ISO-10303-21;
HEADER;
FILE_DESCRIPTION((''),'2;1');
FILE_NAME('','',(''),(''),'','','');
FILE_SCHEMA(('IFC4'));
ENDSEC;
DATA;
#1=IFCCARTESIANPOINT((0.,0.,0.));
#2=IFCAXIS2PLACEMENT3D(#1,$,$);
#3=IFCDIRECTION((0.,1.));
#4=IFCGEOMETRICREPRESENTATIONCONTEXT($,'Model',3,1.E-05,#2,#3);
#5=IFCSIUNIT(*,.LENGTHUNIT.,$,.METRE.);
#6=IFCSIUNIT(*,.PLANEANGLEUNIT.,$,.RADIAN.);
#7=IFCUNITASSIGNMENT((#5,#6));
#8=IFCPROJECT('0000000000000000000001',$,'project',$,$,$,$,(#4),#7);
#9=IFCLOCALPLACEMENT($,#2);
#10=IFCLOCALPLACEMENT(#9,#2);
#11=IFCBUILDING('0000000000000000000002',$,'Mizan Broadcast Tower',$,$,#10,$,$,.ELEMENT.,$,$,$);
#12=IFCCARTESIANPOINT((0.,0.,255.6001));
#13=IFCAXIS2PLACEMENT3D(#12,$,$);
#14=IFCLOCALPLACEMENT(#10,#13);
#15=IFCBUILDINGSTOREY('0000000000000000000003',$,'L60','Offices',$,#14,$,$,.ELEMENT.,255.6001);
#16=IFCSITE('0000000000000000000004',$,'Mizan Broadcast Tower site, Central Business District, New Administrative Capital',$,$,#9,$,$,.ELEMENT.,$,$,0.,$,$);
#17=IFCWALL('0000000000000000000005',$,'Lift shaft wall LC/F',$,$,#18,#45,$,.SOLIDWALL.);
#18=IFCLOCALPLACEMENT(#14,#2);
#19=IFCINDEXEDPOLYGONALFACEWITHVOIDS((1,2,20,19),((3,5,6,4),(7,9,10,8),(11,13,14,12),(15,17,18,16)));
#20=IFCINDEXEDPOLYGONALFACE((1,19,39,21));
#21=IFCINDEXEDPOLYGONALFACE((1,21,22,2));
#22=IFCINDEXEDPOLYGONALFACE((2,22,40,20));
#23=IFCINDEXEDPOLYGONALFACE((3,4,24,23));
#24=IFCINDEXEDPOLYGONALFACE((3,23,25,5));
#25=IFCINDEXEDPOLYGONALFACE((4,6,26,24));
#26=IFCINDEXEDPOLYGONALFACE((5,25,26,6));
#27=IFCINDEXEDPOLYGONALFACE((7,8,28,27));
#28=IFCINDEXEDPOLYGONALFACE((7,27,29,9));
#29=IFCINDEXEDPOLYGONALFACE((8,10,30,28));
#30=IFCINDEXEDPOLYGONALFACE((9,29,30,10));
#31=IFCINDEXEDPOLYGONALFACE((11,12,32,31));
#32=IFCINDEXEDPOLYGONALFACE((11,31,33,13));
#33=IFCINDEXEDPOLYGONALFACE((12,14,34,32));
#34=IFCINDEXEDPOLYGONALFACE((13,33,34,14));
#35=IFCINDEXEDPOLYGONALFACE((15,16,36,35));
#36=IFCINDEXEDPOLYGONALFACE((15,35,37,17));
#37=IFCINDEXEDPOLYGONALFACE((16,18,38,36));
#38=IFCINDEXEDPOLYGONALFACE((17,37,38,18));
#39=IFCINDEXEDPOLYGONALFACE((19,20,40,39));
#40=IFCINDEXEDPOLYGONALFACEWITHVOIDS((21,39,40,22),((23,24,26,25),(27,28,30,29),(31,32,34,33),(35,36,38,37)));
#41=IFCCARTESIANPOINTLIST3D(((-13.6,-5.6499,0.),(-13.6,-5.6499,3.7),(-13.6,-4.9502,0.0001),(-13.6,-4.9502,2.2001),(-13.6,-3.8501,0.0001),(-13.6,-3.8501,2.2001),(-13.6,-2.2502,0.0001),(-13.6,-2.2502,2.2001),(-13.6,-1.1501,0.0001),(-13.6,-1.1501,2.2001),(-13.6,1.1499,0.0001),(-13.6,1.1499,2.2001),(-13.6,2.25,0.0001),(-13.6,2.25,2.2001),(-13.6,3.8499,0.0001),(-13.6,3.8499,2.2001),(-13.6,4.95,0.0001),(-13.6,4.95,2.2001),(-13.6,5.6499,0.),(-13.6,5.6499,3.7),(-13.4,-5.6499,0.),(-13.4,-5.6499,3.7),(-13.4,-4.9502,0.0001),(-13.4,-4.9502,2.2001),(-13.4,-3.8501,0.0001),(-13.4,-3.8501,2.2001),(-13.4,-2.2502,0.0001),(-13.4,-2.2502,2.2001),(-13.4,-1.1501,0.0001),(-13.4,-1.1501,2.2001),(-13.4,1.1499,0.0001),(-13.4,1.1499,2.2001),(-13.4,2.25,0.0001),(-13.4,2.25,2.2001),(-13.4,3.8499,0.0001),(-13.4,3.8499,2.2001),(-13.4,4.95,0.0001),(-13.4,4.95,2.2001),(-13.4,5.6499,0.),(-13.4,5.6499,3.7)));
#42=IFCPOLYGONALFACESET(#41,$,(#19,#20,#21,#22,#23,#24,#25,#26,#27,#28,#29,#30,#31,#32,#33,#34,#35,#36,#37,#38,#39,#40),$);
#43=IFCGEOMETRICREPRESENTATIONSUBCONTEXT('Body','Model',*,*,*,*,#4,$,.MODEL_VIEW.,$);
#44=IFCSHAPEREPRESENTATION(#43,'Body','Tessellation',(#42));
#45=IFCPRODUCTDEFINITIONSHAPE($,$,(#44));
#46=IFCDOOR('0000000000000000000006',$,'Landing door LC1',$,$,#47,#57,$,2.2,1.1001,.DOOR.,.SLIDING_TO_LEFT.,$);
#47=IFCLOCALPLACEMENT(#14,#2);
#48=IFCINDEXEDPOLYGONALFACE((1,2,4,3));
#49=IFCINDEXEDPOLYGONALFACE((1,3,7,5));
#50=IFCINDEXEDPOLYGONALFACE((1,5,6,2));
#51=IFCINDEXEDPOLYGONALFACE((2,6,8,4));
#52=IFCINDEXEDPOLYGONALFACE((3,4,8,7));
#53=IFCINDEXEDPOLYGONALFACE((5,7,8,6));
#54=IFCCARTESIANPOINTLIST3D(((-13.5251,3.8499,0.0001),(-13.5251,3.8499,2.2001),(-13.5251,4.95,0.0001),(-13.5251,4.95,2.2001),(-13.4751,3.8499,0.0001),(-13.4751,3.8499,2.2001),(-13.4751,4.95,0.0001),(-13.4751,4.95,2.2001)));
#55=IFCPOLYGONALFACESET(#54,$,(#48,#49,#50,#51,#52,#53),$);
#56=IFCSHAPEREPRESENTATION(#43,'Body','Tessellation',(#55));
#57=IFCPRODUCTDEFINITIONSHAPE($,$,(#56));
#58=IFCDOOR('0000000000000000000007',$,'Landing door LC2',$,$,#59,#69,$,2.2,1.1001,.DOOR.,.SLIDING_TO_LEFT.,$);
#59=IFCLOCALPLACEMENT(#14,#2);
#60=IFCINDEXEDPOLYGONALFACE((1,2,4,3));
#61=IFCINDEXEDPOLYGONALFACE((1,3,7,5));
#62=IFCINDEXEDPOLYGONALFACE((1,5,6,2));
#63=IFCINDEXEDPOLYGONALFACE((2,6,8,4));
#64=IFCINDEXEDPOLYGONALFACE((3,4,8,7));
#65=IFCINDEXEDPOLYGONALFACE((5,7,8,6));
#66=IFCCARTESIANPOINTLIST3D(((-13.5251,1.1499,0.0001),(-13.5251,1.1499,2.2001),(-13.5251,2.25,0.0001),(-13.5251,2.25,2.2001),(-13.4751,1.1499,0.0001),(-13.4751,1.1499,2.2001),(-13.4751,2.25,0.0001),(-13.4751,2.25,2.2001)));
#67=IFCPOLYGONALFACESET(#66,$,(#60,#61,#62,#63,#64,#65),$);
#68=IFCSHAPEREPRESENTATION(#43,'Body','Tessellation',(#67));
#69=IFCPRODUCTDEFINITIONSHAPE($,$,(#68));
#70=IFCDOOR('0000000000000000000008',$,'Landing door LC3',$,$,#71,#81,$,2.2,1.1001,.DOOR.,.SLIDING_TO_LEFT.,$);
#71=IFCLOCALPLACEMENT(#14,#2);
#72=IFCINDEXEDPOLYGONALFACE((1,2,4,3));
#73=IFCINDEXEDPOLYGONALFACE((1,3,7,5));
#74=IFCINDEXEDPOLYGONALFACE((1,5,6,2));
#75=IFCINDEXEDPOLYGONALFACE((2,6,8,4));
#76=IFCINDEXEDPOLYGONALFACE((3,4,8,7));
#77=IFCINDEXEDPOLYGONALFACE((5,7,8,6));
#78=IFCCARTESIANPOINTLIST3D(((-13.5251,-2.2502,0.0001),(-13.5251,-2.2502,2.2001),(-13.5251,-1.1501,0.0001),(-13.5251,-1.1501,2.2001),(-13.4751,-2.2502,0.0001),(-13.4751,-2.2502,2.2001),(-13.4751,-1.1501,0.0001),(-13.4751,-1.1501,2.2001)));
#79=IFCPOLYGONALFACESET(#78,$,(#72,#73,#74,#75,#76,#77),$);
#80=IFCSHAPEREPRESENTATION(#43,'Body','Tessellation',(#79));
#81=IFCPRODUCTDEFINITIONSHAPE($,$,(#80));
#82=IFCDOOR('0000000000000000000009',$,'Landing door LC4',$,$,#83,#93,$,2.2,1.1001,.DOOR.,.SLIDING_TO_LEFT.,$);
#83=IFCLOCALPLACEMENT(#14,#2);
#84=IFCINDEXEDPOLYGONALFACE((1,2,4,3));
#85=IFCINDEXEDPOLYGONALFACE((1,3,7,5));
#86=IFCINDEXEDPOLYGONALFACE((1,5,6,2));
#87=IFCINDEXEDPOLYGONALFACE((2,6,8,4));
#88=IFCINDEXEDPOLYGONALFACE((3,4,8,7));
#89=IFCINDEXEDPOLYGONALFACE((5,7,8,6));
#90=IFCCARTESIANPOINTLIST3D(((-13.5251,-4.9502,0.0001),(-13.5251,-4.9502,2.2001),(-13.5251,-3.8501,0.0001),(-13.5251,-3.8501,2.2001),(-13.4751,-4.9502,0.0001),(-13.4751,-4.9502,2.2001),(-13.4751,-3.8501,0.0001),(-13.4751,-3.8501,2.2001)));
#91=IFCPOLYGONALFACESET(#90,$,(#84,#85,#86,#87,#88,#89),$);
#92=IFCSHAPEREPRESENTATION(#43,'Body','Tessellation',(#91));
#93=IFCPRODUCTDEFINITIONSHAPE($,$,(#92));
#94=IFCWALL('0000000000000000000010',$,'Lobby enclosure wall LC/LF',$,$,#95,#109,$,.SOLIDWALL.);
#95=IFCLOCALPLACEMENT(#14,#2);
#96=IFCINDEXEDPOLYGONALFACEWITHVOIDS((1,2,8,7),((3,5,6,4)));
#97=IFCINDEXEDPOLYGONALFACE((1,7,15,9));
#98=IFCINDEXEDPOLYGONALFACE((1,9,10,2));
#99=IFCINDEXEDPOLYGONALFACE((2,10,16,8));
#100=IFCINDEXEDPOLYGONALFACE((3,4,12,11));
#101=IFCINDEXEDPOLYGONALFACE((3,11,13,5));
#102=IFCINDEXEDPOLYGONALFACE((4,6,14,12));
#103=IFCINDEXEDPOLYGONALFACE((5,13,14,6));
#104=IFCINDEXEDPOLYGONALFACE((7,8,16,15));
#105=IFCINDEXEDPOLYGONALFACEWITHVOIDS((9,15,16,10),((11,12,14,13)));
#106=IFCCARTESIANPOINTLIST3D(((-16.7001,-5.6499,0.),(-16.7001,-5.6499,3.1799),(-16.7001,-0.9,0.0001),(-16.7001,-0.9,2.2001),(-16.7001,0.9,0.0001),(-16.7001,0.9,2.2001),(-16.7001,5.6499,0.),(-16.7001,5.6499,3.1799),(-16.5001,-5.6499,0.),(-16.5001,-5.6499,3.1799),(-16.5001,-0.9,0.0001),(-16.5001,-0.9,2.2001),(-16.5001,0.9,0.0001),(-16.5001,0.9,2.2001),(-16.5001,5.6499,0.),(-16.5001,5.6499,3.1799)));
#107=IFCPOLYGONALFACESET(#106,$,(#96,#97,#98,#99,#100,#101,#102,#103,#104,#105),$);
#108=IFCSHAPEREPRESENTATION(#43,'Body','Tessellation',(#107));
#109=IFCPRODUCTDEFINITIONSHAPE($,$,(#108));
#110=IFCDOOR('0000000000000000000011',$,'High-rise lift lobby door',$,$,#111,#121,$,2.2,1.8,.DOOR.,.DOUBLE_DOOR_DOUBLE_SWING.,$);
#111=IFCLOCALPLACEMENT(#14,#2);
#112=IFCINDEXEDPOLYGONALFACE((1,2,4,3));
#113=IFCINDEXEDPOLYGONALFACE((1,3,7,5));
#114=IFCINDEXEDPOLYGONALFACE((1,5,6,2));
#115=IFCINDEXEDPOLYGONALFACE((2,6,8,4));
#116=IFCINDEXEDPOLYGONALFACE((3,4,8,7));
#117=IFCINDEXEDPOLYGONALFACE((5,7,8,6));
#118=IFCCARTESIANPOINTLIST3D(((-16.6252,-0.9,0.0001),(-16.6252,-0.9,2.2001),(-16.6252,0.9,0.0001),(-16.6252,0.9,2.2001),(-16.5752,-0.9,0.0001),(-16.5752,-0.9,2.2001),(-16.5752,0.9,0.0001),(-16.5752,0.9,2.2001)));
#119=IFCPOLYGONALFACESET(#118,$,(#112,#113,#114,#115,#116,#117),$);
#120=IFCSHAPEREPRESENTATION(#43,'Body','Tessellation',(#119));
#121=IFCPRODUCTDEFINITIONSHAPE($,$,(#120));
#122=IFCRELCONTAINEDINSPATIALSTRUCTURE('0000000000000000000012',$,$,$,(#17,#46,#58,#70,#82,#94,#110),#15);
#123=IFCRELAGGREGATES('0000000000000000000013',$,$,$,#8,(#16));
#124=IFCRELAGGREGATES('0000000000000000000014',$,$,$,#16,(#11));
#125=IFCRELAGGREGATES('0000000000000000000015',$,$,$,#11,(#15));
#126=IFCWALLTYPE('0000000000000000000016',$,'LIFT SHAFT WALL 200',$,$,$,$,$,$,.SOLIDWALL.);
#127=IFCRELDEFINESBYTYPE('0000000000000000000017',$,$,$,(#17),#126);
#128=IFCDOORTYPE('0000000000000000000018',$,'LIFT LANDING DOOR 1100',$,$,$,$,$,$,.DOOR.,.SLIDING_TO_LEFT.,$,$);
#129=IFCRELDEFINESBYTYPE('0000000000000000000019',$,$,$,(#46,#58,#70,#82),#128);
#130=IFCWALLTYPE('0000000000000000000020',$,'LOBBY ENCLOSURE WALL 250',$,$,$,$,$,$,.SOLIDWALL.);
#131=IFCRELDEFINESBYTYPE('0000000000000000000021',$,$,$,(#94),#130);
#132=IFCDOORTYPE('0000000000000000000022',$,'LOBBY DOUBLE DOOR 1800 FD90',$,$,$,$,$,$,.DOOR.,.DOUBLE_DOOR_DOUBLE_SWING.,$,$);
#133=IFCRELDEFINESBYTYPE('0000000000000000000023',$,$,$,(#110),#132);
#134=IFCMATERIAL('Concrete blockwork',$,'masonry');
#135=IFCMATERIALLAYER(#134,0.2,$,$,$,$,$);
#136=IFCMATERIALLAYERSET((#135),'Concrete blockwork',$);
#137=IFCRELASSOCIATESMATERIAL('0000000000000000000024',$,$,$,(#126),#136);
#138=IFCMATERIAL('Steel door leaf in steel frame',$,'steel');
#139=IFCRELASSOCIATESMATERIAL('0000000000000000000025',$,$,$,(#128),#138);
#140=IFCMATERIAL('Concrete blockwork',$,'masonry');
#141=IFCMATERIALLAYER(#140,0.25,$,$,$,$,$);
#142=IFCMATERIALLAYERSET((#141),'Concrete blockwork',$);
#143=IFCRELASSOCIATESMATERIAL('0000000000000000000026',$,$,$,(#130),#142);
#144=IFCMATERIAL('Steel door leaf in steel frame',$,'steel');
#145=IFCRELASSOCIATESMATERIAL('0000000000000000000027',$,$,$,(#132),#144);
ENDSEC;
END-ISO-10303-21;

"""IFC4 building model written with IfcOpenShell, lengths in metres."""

from ifc_helpers import new_model, si_unit, direction, frame, frame_2d, origin, place, context, subcontext, project, spatial, rectangle, extrude, material, layer, layer_set, type_object, element, fill, save


model = new_model("IFC4")

# Units and contexts
model_context = context("Model", 3, precision=1e-05, world=origin(), true_north=direction((0.0, 1.0)))
body_context = subcontext(model_context, "Body", "Model", "MODEL_VIEW")
ifc_project = project(units=[si_unit("LENGTHUNIT", "METRE"), si_unit("PLANEANGLEUNIT", "RADIAN")], contexts=[model_context])

# Site, building, storey
site_placement = place(None, origin())
site = spatial("IfcSite", under=ifc_project, at=site_placement, Name="Mizan Broadcast Tower site, Central Business District, New Administrative Capital", CompositionType="ELEMENT", RefElevation=0.0)
building_placement = place(site_placement, origin())
building = spatial("IfcBuilding", under=site, at=building_placement, Name="Mizan Broadcast Tower", CompositionType="ELEMENT")
storey_placement = place(building_placement, frame((0.0, 0.0, 255.6001)))
storey = spatial("IfcBuildingStorey", under=building, at=storey_placement, Name="L60", Description="Offices", CompositionType="ELEMENT", Elevation=255.6001)

# Wall, openings, doors
ifc_material_1 = material(Name="Concrete blockwork", Category="masonry")
ifc_layer_1 = layer(ifc_material_1, 0.2)
ifc_layer_set_1 = layer_set([ifc_layer_1], Name="Concrete blockwork")
wall_type_1 = type_object("IfcWallType", Name="LIFT SHAFT WALL 200", PredefinedType="SOLIDWALL", material=ifc_layer_set_1)
wall_1_placement = place(storey_placement, frame((-13.5, 5.6499, 0.0), z_axis=(0.0, 0.0, 1.0), x_axis=(0.0, -1.0, 0.0)))
wall_1 = element("IfcWall", 1, at=wall_1_placement, inside=storey, type_object=wall_type_1, Name="Lift shaft wall LC/F", PredefinedType="SOLIDWALL", context=body_context, shape_type="SweptSolid", body=[
    extrude(rectangle(XDim=11.2998, YDim=0.2, at=frame_2d((5.6499, 0.0))), origin(), (0.0, 0.0, 1.0), 3.7),
])
opening_1_placement = place(wall_1_placement, frame((0.7, 0.0, 0.0)))
opening_1 = element("IfcOpeningElement", 2, at=opening_1_placement, cuts=wall_1, PredefinedType="OPENING", context=body_context, shape_type="SweptSolid", body=[
    extrude(rectangle(XDim=1.1001, YDim=2.2, at=frame_2d((0.55, 1.1001))), frame((0.0, 0.1099, 0.0), z_axis=(0.0, -1.0, 0.0), x_axis=(1.0, 0.0, 0.0)), (0.0, 0.0, 1.0), 0.22),
])
opening_2_placement = place(wall_1_placement, frame((3.3999, 0.0, 0.0)))
opening_2 = element("IfcOpeningElement", 3, at=opening_2_placement, cuts=wall_1, PredefinedType="OPENING", context=body_context, shape_type="SweptSolid", body=[
    extrude(rectangle(XDim=1.1001, YDim=2.2, at=frame_2d((0.55, 1.1001))), frame((0.0, 0.1099, 0.0), z_axis=(0.0, -1.0, 0.0), x_axis=(1.0, 0.0, 0.0)), (0.0, 0.0, 1.0), 0.22),
])
opening_3_placement = place(wall_1_placement, frame((6.8, 0.0, 0.0)))
opening_3 = element("IfcOpeningElement", 4, at=opening_3_placement, cuts=wall_1, PredefinedType="OPENING", context=body_context, shape_type="SweptSolid", body=[
    extrude(rectangle(XDim=1.1001, YDim=2.2, at=frame_2d((0.55, 1.1001))), frame((0.0, 0.1099, 0.0), z_axis=(0.0, -1.0, 0.0), x_axis=(1.0, 0.0, 0.0)), (0.0, 0.0, 1.0), 0.22),
])
opening_4_placement = place(wall_1_placement, frame((9.5, 0.0, 0.0)))
opening_4 = element("IfcOpeningElement", 5, at=opening_4_placement, cuts=wall_1, PredefinedType="OPENING", context=body_context, shape_type="SweptSolid", body=[
    extrude(rectangle(XDim=1.1001, YDim=2.2, at=frame_2d((0.55, 1.1001))), frame((0.0, 0.1099, 0.0), z_axis=(0.0, -1.0, 0.0), x_axis=(1.0, 0.0, 0.0)), (0.0, 0.0, 1.0), 0.22),
])
ifc_material_2 = material(Name="Steel door leaf in steel frame", Category="steel")
door_type_1 = type_object("IfcDoorType", Name="LIFT LANDING DOOR 1100", OperationType="SLIDING_TO_LEFT", PredefinedType="DOOR", material=ifc_material_2)
door_1_placement = place(opening_1_placement, origin())
door_1 = element("IfcDoor", 6, at=door_1_placement, inside=storey, type_object=door_type_1, Name="Landing door LC1", OperationType="SLIDING_TO_LEFT", OverallHeight=2.2, OverallWidth=1.1001, PredefinedType="DOOR", context=body_context, shape_type="SweptSolid", body=[
    extrude(rectangle(XDim=1.1001, YDim=2.2, at=frame_2d((0.55, 1.1001))), frame((0.0, 0.0249, 0.0), z_axis=(0.0, -1.0, 0.0), x_axis=(1.0, 0.0, 0.0)), (0.0, 0.0, 1.0), 0.05),
])
fill(opening_1, door_1)
door_2_placement = place(opening_2_placement, origin())
door_2 = element("IfcDoor", 7, at=door_2_placement, inside=storey, type_object=door_type_1, Name="Landing door LC2", OperationType="SLIDING_TO_LEFT", OverallHeight=2.2, OverallWidth=1.1001, PredefinedType="DOOR", context=body_context, shape_type="SweptSolid", body=[
    extrude(rectangle(XDim=1.1001, YDim=2.2, at=frame_2d((0.55, 1.1001))), frame((0.0, 0.0249, 0.0), z_axis=(0.0, -1.0, 0.0), x_axis=(1.0, 0.0, 0.0)), (0.0, 0.0, 1.0), 0.05),
])
fill(opening_2, door_2)
door_3_placement = place(opening_3_placement, origin())
door_3 = element("IfcDoor", 8, at=door_3_placement, inside=storey, type_object=door_type_1, Name="Landing door LC3", OperationType="SLIDING_TO_LEFT", OverallHeight=2.2, OverallWidth=1.1001, PredefinedType="DOOR", context=body_context, shape_type="SweptSolid", body=[
    extrude(rectangle(XDim=1.1001, YDim=2.2, at=frame_2d((0.55, 1.1001))), frame((0.0, 0.0249, 0.0), z_axis=(0.0, -1.0, 0.0), x_axis=(1.0, 0.0, 0.0)), (0.0, 0.0, 1.0), 0.05),
])
fill(opening_3, door_3)
door_4_placement = place(opening_4_placement, origin())
door_4 = element("IfcDoor", 9, at=door_4_placement, inside=storey, type_object=door_type_1, Name="Landing door LC4", OperationType="SLIDING_TO_LEFT", OverallHeight=2.2, OverallWidth=1.1001, PredefinedType="DOOR", context=body_context, shape_type="SweptSolid", body=[
    extrude(rectangle(XDim=1.1001, YDim=2.2, at=frame_2d((0.55, 1.1001))), frame((0.0, 0.0249, 0.0), z_axis=(0.0, -1.0, 0.0), x_axis=(1.0, 0.0, 0.0)), (0.0, 0.0, 1.0), 0.05),
])
fill(opening_4, door_4)

# Wall, opening, door
ifc_material_3 = material(Name="Concrete blockwork", Category="masonry")
ifc_layer_2 = layer(ifc_material_3, 0.25)
ifc_layer_set_2 = layer_set([ifc_layer_2], Name="Concrete blockwork")
wall_type_2 = type_object("IfcWallType", Name="LOBBY ENCLOSURE WALL 250", PredefinedType="SOLIDWALL", material=ifc_layer_set_2)
wall_2_placement = place(storey_placement, frame((-16.6001, 5.6499, 0.0), z_axis=(0.0, 0.0, 1.0), x_axis=(0.0, -1.0, 0.0)))
wall_2 = element("IfcWall", 10, at=wall_2_placement, inside=storey, type_object=wall_type_2, Name="Lobby enclosure wall LC/LF", PredefinedType="SOLIDWALL", context=body_context, shape_type="SweptSolid", body=[
    extrude(rectangle(XDim=11.2998, YDim=0.2, at=frame_2d((5.6499, 0.0))), origin(), (0.0, 0.0, 1.0), 3.1799),
])
opening_5_placement = place(wall_2_placement, frame((4.75, 0.0, 0.0)))
opening_5 = element("IfcOpeningElement", 11, at=opening_5_placement, cuts=wall_2, PredefinedType="OPENING", context=body_context, shape_type="SweptSolid", body=[
    extrude(rectangle(XDim=1.8, YDim=2.2, at=frame_2d((0.8999, 1.1001))), frame((0.0, 0.1099, 0.0), z_axis=(0.0, -1.0, 0.0), x_axis=(1.0, 0.0, 0.0)), (0.0, 0.0, 1.0), 0.22),
])
ifc_material_4 = material(Name="Steel door leaf in steel frame", Category="steel")
door_type_2 = type_object("IfcDoorType", Name="LOBBY DOUBLE DOOR 1800 FD90", OperationType="DOUBLE_DOOR_DOUBLE_SWING", PredefinedType="DOOR", material=ifc_material_4)
door_5_placement = place(opening_5_placement, origin())
door_5 = element("IfcDoor", 12, at=door_5_placement, inside=storey, type_object=door_type_2, Name="High-rise lift lobby door", OperationType="DOUBLE_DOOR_DOUBLE_SWING", OverallHeight=2.2, OverallWidth=1.8, PredefinedType="DOOR", context=body_context, shape_type="SweptSolid", body=[
    extrude(rectangle(XDim=1.8, YDim=2.2, at=frame_2d((0.8999, 1.1001))), frame((0.0, 0.0249, 0.0), z_axis=(0.0, -1.0, 0.0), x_axis=(1.0, 0.0, 0.0)), (0.0, 0.0, 1.0), 0.05),
])
fill(opening_5, door_5)

save(model, "model.ifc")
